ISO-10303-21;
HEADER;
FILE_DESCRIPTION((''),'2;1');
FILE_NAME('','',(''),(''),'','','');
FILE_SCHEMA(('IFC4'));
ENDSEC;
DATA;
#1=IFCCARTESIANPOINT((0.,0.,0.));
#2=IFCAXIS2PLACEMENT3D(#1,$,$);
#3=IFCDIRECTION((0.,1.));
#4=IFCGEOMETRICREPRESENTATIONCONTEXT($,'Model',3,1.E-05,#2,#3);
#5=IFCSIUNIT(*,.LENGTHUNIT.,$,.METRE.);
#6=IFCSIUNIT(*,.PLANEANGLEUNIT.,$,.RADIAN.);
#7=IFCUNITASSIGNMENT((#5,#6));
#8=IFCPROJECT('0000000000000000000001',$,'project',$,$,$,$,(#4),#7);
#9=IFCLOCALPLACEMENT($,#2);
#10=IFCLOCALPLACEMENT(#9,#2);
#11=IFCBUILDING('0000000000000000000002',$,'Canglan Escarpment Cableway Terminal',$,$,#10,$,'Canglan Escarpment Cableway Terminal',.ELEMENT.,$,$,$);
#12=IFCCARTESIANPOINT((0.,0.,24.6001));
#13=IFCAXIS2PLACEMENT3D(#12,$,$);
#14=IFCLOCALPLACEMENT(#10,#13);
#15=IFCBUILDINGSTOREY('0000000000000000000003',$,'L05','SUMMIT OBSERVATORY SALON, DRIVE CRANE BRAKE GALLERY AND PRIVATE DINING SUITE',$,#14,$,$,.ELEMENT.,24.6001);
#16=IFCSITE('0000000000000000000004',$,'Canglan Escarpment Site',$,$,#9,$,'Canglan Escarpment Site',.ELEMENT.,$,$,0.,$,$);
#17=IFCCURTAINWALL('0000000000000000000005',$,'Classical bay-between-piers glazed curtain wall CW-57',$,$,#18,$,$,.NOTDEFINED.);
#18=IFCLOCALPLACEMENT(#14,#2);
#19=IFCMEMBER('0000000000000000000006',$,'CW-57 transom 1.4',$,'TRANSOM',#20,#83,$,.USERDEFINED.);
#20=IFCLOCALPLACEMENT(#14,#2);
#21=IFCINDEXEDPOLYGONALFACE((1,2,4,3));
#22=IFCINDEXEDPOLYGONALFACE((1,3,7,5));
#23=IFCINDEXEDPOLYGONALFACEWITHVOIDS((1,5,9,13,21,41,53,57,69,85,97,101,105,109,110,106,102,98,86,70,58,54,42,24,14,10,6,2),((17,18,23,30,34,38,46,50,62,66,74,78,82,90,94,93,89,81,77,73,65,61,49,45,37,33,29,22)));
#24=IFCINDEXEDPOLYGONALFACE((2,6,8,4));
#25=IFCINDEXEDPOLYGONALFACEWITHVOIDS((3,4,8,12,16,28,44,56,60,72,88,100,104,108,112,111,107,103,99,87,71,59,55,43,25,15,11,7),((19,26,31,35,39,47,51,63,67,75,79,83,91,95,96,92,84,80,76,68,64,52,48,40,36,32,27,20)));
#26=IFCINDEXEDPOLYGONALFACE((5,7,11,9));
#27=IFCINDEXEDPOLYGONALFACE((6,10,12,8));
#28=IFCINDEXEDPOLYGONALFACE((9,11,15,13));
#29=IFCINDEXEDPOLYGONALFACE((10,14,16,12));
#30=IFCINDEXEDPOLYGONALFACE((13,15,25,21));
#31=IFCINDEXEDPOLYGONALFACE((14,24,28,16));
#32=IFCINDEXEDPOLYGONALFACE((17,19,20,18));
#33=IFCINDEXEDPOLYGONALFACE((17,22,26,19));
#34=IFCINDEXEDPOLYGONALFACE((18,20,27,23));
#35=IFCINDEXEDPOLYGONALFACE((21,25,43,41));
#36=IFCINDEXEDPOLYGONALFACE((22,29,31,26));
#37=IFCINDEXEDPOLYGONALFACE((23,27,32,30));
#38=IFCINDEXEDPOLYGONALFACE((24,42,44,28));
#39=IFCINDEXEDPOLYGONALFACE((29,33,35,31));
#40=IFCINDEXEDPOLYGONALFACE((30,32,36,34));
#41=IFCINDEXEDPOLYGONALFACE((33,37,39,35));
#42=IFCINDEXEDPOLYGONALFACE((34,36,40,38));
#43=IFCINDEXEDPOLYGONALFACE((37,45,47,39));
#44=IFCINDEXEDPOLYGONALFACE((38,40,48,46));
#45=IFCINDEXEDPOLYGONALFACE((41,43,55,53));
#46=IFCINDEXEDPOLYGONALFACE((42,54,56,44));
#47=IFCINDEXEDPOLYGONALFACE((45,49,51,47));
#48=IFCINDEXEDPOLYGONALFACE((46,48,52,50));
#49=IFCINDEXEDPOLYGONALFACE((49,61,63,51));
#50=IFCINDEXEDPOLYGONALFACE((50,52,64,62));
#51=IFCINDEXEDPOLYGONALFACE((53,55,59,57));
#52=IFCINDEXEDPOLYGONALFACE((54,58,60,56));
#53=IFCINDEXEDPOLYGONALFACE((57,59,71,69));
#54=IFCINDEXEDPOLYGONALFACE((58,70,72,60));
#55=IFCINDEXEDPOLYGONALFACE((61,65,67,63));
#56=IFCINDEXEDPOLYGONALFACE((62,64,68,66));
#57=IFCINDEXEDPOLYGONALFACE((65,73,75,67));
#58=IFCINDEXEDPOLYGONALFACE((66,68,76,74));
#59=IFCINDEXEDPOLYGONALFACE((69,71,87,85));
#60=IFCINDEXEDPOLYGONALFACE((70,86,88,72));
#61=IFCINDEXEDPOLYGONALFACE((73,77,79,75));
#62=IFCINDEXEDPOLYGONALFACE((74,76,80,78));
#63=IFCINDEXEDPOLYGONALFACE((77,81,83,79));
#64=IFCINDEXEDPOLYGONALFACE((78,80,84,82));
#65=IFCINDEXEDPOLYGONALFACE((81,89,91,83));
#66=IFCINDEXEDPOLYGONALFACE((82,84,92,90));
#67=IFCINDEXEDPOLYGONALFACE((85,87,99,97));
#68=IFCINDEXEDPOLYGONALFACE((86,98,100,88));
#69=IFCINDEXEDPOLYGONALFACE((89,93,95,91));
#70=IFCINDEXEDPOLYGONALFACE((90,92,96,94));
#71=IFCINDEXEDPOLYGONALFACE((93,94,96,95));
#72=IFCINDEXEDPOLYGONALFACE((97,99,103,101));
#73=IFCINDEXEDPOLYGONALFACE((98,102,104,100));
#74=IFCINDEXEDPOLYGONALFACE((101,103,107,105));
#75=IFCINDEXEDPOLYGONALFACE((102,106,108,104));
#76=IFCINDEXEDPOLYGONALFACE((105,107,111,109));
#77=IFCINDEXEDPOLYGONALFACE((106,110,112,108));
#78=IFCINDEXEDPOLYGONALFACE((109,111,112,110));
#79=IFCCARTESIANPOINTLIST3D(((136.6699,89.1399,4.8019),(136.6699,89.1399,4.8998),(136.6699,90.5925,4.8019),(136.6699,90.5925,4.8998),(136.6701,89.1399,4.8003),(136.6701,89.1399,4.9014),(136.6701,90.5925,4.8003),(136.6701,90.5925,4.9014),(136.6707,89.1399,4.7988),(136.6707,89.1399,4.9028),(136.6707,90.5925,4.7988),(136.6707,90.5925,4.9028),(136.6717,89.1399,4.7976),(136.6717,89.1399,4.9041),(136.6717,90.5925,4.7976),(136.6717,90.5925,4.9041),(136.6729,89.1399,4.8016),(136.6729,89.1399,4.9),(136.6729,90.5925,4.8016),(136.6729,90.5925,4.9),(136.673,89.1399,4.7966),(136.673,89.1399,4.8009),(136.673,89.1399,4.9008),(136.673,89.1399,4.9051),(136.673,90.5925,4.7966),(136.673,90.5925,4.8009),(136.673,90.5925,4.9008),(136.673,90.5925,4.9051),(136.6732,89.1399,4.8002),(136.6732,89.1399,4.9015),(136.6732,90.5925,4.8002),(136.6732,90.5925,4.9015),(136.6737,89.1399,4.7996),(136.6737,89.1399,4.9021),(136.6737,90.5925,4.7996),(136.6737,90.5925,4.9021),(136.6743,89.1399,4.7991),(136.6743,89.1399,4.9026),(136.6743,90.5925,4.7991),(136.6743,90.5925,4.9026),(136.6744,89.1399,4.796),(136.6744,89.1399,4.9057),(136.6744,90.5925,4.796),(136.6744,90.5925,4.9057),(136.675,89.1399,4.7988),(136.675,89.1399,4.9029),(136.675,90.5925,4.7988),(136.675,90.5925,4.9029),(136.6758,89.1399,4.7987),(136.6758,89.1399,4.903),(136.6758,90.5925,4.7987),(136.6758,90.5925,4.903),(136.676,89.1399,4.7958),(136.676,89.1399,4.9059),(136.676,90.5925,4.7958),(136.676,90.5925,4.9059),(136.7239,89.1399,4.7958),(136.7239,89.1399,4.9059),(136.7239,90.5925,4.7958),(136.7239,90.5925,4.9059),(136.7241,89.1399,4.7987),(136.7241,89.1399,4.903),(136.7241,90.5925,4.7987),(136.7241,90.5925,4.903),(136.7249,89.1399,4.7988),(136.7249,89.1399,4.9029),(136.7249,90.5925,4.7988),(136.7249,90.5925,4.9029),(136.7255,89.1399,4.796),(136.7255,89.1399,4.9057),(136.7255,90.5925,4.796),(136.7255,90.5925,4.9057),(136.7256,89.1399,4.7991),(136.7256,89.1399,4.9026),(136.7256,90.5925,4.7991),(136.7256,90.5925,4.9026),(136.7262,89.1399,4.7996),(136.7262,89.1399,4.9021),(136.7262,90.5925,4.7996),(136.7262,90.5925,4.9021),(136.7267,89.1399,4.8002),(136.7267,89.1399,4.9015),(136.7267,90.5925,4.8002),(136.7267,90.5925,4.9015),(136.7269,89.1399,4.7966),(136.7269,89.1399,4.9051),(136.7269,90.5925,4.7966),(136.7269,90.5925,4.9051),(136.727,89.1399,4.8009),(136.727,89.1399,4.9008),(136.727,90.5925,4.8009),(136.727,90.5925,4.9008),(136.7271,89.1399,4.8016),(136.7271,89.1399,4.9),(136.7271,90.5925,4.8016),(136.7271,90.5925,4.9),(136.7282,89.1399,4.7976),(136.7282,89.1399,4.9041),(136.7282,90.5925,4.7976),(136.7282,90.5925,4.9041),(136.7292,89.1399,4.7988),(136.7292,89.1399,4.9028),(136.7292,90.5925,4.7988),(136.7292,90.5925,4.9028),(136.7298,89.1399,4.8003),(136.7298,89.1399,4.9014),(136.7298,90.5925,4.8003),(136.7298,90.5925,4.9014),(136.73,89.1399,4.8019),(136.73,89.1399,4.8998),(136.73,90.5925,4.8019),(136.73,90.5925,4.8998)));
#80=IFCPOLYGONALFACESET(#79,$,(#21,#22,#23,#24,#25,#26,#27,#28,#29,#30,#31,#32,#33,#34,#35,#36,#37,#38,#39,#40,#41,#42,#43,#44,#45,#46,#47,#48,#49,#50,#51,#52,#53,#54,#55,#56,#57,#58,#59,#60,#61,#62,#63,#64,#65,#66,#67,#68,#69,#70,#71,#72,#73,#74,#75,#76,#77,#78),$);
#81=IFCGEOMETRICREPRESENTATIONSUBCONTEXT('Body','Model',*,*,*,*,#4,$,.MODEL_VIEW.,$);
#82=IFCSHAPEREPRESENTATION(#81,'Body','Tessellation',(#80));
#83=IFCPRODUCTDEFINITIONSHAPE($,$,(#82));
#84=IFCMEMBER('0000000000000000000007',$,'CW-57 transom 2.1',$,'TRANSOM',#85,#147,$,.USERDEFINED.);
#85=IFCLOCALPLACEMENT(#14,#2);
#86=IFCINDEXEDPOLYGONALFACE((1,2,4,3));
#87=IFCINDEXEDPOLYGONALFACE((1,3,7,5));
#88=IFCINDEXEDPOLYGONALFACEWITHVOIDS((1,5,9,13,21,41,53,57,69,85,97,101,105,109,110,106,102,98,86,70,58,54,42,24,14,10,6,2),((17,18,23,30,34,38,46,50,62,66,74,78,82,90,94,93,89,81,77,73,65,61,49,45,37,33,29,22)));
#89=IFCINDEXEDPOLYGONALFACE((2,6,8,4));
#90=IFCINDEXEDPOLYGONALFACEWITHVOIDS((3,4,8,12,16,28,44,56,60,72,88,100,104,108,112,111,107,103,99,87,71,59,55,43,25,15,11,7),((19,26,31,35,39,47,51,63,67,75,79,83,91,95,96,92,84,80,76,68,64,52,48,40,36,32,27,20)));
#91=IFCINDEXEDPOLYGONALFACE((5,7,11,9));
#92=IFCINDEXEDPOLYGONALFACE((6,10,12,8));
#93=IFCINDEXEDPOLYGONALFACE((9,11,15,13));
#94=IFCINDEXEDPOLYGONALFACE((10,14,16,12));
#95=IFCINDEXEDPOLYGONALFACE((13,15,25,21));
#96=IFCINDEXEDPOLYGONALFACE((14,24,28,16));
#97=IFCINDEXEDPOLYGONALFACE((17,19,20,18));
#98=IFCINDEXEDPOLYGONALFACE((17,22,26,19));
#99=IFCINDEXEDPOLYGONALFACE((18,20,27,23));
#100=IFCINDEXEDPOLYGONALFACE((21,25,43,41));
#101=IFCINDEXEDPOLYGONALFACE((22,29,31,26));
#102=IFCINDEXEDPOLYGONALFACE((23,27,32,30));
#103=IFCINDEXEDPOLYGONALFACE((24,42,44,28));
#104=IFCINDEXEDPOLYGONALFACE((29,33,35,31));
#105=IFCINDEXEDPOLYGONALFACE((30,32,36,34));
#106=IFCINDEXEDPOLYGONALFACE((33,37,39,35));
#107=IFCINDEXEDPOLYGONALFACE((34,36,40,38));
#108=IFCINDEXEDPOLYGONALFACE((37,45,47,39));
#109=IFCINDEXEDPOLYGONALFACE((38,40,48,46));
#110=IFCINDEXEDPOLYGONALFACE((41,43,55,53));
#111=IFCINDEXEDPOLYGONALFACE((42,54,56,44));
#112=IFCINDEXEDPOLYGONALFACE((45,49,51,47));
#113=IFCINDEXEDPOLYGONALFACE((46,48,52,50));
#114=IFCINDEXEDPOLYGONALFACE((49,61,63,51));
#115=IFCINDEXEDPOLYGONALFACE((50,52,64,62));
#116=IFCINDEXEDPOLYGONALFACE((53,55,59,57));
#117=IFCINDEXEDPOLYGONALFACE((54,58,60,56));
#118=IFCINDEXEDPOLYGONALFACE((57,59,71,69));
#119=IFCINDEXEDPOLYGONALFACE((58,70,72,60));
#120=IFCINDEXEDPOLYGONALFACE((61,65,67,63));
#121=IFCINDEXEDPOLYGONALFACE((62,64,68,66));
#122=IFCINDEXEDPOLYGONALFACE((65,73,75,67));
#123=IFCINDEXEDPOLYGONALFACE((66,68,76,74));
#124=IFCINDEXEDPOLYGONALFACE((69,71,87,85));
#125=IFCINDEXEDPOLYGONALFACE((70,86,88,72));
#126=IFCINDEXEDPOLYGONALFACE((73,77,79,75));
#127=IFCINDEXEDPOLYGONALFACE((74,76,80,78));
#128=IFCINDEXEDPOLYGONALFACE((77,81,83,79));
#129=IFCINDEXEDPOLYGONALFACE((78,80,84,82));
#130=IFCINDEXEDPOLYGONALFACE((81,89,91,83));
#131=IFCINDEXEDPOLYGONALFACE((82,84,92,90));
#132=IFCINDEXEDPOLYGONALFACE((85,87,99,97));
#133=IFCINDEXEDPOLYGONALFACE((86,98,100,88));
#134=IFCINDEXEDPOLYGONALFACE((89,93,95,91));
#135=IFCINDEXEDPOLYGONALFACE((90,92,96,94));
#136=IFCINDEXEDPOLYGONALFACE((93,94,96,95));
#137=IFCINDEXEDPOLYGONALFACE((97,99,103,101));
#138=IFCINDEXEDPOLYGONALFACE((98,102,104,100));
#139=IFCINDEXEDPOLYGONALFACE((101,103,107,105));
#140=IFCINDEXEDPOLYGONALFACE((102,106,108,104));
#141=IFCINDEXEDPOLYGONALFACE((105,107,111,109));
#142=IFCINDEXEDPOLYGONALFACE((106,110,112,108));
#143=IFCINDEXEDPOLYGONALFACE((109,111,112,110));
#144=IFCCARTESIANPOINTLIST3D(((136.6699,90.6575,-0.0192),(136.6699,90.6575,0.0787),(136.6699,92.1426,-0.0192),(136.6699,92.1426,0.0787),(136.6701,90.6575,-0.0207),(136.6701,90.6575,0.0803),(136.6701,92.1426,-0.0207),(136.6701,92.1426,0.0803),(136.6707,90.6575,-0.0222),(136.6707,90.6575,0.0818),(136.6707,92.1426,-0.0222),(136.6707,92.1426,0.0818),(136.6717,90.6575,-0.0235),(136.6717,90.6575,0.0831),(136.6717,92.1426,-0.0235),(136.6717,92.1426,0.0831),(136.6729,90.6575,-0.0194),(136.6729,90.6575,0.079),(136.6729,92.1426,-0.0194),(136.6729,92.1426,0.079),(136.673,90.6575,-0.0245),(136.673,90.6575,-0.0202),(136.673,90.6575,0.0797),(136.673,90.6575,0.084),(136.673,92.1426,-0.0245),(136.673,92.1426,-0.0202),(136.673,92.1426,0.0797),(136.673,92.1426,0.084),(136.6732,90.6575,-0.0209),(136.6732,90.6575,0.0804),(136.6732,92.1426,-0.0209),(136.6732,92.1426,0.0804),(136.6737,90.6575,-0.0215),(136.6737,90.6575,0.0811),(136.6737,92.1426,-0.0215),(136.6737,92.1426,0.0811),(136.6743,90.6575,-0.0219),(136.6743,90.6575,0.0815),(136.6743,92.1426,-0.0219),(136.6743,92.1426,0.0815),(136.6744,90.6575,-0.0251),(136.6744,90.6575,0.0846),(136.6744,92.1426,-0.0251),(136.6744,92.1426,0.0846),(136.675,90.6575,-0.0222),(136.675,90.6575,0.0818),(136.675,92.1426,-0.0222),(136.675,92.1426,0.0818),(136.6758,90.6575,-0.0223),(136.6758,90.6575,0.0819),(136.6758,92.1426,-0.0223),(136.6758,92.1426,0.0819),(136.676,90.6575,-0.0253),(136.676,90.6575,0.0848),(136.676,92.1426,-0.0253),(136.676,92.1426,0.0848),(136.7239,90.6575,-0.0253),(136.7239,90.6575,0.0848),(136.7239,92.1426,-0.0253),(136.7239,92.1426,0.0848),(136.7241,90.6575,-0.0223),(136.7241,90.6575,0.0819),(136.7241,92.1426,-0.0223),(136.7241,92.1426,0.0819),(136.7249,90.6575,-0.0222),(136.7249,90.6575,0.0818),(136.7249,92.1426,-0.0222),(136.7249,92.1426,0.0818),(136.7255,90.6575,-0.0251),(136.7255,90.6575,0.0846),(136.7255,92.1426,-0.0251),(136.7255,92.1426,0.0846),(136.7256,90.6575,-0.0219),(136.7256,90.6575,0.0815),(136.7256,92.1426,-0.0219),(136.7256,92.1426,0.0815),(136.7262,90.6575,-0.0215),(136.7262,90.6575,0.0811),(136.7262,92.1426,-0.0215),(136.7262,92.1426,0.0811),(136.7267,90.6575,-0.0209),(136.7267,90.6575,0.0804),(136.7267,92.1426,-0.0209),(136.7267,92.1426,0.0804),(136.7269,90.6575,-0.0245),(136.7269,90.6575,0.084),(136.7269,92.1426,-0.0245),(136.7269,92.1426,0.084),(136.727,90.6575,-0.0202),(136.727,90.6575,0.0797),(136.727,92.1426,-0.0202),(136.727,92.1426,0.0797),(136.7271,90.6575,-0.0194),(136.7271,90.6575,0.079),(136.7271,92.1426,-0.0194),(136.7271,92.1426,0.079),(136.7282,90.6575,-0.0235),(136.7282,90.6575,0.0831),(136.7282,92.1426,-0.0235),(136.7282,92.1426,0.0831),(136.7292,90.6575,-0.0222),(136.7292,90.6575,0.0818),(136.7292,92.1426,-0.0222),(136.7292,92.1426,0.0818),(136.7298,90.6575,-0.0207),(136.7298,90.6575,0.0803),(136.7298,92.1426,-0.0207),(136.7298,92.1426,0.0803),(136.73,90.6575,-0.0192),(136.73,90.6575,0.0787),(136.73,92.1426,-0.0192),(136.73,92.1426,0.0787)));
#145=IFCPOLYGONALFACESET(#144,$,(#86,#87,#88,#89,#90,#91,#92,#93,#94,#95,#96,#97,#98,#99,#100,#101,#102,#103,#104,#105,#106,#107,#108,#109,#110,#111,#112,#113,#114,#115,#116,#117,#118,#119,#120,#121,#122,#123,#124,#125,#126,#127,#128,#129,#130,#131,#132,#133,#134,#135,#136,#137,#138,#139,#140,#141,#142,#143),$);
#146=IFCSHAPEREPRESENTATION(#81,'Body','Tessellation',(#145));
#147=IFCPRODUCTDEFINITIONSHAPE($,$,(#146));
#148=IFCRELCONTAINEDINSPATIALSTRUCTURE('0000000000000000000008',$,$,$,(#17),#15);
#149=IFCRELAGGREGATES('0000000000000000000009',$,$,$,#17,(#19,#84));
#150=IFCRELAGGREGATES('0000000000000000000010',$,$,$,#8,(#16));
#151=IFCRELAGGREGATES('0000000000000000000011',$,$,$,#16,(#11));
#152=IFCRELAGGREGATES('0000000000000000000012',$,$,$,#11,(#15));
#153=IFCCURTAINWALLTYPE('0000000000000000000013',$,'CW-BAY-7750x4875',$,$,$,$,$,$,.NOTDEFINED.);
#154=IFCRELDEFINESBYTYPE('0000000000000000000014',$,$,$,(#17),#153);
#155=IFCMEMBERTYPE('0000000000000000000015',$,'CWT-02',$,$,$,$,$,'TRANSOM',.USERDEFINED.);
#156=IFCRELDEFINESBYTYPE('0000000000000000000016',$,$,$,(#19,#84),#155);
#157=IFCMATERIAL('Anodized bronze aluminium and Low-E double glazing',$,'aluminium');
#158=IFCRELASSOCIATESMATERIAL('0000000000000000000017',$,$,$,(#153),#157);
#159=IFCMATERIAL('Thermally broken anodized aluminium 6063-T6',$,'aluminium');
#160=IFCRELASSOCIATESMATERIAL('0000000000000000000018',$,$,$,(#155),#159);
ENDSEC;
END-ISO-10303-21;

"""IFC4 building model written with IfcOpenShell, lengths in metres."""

from ifc_helpers import new_model, si_unit, direction, frame, origin, origin_2d, place, context, subcontext, project, spatial, hollow_rectangle, extrude, material, material_profile, profile_set, type_object, element, aggregate, save


model = new_model("IFC4")

# Units and contexts
model_context = context("Model", 3, precision=1e-05, world=origin(), true_north=direction((0.0, 1.0)))
body_context = subcontext(model_context, "Body", "Model", "MODEL_VIEW")
ifc_project = project(units=[si_unit("LENGTHUNIT", "METRE"), si_unit("PLANEANGLEUNIT", "RADIAN")], contexts=[model_context])

# Site, building, storey
site_placement = place(None, origin())
site = spatial("IfcSite", under=ifc_project, at=site_placement, Name="Canglan Escarpment Site", LongName="Canglan Escarpment Site", CompositionType="ELEMENT", RefElevation=0.0)
building_placement = place(site_placement, origin())
building = spatial("IfcBuilding", under=site, at=building_placement, Name="Canglan Escarpment Cableway Terminal", LongName="Canglan Escarpment Cableway Terminal", CompositionType="ELEMENT")
storey_placement = place(building_placement, frame((0.0, 0.0, 24.6001)))
storey = spatial("IfcBuildingStorey", under=building, at=storey_placement, Name="L05", Description="SUMMIT OBSERVATORY SALON, DRIVE CRANE BRAKE GALLERY AND PRIVATE DINING SUITE", CompositionType="ELEMENT", Elevation=24.6001)

# Curtain wall, members
ifc_material_1 = material(Name="Anodized bronze aluminium and Low-E double glazing", Category="aluminium")
curtain_wall_type = type_object("IfcCurtainWallType", Name="CW-BAY-7750x4875", PredefinedType="NOTDEFINED", material=ifc_material_1)
curtain_wall_placement = place(storey_placement, origin())
curtain_wall = element("IfcCurtainWall", 1, at=curtain_wall_placement, inside=storey, type_object=curtain_wall_type, Name="Classical bay-between-piers glazed curtain wall CW-57", PredefinedType="NOTDEFINED")
ifc_material_2 = material(Name="Thermally broken anodized aluminium 6063-T6", Category="aluminium")
ifc_material_profile_1 = material_profile(ifc_material_2, hollow_rectangle(XDim=0.0601, YDim=0.1101, WallThickness=0.0029, InnerFilletRadius=0.0029, OuterFilletRadius=0.0061, at=origin_2d()), Name="ALU-TRAN 60x110x3")
ifc_profile_set_1 = profile_set([ifc_material_profile_1], Name="Thermally broken anodized aluminium 6063-T6")
member_type_1 = type_object("IfcMemberType", Name="CWT-02", ElementType="TRANSOM", PredefinedType="USERDEFINED", material=ifc_profile_set_1)
member_1_placement = place(storey_placement, frame((136.7, 89.1399, 4.8508), z_axis=(0.0, 1.0, 0.0), x_axis=(-1.0, 0.0, 0.0)))
member_1 = element("IfcMember", 2, at=member_1_placement, type_object=member_type_1, Name="CW-57 transom 1.4", ObjectType="TRANSOM", PredefinedType="USERDEFINED", context=body_context, shape_type="SweptSolid", body=[
    extrude(hollow_rectangle(XDim=0.0601, YDim=0.1101, WallThickness=0.0029, InnerFilletRadius=0.0029, OuterFilletRadius=0.0061, at=origin_2d()), origin(), (0.0, 0.0, 1.0), 1.4526),
])
member_2_placement = place(storey_placement, frame((136.7, 90.6575, 0.0298), z_axis=(0.0, 1.0, 0.0), x_axis=(-1.0, 0.0, 0.0)))
member_2 = element("IfcMember", 3, at=member_2_placement, type_object=member_type_1, Name="CW-57 transom 2.1", ObjectType="TRANSOM", PredefinedType="USERDEFINED", context=body_context, shape_type="SweptSolid", body=[
    extrude(hollow_rectangle(XDim=0.0601, YDim=0.1101, WallThickness=0.0029, InnerFilletRadius=0.0029, OuterFilletRadius=0.0061, at=origin_2d()), origin(), (0.0, 0.0, 1.0), 1.4851),
])
aggregate(curtain_wall, [member_1, member_2])

save(model, "model.ifc")
